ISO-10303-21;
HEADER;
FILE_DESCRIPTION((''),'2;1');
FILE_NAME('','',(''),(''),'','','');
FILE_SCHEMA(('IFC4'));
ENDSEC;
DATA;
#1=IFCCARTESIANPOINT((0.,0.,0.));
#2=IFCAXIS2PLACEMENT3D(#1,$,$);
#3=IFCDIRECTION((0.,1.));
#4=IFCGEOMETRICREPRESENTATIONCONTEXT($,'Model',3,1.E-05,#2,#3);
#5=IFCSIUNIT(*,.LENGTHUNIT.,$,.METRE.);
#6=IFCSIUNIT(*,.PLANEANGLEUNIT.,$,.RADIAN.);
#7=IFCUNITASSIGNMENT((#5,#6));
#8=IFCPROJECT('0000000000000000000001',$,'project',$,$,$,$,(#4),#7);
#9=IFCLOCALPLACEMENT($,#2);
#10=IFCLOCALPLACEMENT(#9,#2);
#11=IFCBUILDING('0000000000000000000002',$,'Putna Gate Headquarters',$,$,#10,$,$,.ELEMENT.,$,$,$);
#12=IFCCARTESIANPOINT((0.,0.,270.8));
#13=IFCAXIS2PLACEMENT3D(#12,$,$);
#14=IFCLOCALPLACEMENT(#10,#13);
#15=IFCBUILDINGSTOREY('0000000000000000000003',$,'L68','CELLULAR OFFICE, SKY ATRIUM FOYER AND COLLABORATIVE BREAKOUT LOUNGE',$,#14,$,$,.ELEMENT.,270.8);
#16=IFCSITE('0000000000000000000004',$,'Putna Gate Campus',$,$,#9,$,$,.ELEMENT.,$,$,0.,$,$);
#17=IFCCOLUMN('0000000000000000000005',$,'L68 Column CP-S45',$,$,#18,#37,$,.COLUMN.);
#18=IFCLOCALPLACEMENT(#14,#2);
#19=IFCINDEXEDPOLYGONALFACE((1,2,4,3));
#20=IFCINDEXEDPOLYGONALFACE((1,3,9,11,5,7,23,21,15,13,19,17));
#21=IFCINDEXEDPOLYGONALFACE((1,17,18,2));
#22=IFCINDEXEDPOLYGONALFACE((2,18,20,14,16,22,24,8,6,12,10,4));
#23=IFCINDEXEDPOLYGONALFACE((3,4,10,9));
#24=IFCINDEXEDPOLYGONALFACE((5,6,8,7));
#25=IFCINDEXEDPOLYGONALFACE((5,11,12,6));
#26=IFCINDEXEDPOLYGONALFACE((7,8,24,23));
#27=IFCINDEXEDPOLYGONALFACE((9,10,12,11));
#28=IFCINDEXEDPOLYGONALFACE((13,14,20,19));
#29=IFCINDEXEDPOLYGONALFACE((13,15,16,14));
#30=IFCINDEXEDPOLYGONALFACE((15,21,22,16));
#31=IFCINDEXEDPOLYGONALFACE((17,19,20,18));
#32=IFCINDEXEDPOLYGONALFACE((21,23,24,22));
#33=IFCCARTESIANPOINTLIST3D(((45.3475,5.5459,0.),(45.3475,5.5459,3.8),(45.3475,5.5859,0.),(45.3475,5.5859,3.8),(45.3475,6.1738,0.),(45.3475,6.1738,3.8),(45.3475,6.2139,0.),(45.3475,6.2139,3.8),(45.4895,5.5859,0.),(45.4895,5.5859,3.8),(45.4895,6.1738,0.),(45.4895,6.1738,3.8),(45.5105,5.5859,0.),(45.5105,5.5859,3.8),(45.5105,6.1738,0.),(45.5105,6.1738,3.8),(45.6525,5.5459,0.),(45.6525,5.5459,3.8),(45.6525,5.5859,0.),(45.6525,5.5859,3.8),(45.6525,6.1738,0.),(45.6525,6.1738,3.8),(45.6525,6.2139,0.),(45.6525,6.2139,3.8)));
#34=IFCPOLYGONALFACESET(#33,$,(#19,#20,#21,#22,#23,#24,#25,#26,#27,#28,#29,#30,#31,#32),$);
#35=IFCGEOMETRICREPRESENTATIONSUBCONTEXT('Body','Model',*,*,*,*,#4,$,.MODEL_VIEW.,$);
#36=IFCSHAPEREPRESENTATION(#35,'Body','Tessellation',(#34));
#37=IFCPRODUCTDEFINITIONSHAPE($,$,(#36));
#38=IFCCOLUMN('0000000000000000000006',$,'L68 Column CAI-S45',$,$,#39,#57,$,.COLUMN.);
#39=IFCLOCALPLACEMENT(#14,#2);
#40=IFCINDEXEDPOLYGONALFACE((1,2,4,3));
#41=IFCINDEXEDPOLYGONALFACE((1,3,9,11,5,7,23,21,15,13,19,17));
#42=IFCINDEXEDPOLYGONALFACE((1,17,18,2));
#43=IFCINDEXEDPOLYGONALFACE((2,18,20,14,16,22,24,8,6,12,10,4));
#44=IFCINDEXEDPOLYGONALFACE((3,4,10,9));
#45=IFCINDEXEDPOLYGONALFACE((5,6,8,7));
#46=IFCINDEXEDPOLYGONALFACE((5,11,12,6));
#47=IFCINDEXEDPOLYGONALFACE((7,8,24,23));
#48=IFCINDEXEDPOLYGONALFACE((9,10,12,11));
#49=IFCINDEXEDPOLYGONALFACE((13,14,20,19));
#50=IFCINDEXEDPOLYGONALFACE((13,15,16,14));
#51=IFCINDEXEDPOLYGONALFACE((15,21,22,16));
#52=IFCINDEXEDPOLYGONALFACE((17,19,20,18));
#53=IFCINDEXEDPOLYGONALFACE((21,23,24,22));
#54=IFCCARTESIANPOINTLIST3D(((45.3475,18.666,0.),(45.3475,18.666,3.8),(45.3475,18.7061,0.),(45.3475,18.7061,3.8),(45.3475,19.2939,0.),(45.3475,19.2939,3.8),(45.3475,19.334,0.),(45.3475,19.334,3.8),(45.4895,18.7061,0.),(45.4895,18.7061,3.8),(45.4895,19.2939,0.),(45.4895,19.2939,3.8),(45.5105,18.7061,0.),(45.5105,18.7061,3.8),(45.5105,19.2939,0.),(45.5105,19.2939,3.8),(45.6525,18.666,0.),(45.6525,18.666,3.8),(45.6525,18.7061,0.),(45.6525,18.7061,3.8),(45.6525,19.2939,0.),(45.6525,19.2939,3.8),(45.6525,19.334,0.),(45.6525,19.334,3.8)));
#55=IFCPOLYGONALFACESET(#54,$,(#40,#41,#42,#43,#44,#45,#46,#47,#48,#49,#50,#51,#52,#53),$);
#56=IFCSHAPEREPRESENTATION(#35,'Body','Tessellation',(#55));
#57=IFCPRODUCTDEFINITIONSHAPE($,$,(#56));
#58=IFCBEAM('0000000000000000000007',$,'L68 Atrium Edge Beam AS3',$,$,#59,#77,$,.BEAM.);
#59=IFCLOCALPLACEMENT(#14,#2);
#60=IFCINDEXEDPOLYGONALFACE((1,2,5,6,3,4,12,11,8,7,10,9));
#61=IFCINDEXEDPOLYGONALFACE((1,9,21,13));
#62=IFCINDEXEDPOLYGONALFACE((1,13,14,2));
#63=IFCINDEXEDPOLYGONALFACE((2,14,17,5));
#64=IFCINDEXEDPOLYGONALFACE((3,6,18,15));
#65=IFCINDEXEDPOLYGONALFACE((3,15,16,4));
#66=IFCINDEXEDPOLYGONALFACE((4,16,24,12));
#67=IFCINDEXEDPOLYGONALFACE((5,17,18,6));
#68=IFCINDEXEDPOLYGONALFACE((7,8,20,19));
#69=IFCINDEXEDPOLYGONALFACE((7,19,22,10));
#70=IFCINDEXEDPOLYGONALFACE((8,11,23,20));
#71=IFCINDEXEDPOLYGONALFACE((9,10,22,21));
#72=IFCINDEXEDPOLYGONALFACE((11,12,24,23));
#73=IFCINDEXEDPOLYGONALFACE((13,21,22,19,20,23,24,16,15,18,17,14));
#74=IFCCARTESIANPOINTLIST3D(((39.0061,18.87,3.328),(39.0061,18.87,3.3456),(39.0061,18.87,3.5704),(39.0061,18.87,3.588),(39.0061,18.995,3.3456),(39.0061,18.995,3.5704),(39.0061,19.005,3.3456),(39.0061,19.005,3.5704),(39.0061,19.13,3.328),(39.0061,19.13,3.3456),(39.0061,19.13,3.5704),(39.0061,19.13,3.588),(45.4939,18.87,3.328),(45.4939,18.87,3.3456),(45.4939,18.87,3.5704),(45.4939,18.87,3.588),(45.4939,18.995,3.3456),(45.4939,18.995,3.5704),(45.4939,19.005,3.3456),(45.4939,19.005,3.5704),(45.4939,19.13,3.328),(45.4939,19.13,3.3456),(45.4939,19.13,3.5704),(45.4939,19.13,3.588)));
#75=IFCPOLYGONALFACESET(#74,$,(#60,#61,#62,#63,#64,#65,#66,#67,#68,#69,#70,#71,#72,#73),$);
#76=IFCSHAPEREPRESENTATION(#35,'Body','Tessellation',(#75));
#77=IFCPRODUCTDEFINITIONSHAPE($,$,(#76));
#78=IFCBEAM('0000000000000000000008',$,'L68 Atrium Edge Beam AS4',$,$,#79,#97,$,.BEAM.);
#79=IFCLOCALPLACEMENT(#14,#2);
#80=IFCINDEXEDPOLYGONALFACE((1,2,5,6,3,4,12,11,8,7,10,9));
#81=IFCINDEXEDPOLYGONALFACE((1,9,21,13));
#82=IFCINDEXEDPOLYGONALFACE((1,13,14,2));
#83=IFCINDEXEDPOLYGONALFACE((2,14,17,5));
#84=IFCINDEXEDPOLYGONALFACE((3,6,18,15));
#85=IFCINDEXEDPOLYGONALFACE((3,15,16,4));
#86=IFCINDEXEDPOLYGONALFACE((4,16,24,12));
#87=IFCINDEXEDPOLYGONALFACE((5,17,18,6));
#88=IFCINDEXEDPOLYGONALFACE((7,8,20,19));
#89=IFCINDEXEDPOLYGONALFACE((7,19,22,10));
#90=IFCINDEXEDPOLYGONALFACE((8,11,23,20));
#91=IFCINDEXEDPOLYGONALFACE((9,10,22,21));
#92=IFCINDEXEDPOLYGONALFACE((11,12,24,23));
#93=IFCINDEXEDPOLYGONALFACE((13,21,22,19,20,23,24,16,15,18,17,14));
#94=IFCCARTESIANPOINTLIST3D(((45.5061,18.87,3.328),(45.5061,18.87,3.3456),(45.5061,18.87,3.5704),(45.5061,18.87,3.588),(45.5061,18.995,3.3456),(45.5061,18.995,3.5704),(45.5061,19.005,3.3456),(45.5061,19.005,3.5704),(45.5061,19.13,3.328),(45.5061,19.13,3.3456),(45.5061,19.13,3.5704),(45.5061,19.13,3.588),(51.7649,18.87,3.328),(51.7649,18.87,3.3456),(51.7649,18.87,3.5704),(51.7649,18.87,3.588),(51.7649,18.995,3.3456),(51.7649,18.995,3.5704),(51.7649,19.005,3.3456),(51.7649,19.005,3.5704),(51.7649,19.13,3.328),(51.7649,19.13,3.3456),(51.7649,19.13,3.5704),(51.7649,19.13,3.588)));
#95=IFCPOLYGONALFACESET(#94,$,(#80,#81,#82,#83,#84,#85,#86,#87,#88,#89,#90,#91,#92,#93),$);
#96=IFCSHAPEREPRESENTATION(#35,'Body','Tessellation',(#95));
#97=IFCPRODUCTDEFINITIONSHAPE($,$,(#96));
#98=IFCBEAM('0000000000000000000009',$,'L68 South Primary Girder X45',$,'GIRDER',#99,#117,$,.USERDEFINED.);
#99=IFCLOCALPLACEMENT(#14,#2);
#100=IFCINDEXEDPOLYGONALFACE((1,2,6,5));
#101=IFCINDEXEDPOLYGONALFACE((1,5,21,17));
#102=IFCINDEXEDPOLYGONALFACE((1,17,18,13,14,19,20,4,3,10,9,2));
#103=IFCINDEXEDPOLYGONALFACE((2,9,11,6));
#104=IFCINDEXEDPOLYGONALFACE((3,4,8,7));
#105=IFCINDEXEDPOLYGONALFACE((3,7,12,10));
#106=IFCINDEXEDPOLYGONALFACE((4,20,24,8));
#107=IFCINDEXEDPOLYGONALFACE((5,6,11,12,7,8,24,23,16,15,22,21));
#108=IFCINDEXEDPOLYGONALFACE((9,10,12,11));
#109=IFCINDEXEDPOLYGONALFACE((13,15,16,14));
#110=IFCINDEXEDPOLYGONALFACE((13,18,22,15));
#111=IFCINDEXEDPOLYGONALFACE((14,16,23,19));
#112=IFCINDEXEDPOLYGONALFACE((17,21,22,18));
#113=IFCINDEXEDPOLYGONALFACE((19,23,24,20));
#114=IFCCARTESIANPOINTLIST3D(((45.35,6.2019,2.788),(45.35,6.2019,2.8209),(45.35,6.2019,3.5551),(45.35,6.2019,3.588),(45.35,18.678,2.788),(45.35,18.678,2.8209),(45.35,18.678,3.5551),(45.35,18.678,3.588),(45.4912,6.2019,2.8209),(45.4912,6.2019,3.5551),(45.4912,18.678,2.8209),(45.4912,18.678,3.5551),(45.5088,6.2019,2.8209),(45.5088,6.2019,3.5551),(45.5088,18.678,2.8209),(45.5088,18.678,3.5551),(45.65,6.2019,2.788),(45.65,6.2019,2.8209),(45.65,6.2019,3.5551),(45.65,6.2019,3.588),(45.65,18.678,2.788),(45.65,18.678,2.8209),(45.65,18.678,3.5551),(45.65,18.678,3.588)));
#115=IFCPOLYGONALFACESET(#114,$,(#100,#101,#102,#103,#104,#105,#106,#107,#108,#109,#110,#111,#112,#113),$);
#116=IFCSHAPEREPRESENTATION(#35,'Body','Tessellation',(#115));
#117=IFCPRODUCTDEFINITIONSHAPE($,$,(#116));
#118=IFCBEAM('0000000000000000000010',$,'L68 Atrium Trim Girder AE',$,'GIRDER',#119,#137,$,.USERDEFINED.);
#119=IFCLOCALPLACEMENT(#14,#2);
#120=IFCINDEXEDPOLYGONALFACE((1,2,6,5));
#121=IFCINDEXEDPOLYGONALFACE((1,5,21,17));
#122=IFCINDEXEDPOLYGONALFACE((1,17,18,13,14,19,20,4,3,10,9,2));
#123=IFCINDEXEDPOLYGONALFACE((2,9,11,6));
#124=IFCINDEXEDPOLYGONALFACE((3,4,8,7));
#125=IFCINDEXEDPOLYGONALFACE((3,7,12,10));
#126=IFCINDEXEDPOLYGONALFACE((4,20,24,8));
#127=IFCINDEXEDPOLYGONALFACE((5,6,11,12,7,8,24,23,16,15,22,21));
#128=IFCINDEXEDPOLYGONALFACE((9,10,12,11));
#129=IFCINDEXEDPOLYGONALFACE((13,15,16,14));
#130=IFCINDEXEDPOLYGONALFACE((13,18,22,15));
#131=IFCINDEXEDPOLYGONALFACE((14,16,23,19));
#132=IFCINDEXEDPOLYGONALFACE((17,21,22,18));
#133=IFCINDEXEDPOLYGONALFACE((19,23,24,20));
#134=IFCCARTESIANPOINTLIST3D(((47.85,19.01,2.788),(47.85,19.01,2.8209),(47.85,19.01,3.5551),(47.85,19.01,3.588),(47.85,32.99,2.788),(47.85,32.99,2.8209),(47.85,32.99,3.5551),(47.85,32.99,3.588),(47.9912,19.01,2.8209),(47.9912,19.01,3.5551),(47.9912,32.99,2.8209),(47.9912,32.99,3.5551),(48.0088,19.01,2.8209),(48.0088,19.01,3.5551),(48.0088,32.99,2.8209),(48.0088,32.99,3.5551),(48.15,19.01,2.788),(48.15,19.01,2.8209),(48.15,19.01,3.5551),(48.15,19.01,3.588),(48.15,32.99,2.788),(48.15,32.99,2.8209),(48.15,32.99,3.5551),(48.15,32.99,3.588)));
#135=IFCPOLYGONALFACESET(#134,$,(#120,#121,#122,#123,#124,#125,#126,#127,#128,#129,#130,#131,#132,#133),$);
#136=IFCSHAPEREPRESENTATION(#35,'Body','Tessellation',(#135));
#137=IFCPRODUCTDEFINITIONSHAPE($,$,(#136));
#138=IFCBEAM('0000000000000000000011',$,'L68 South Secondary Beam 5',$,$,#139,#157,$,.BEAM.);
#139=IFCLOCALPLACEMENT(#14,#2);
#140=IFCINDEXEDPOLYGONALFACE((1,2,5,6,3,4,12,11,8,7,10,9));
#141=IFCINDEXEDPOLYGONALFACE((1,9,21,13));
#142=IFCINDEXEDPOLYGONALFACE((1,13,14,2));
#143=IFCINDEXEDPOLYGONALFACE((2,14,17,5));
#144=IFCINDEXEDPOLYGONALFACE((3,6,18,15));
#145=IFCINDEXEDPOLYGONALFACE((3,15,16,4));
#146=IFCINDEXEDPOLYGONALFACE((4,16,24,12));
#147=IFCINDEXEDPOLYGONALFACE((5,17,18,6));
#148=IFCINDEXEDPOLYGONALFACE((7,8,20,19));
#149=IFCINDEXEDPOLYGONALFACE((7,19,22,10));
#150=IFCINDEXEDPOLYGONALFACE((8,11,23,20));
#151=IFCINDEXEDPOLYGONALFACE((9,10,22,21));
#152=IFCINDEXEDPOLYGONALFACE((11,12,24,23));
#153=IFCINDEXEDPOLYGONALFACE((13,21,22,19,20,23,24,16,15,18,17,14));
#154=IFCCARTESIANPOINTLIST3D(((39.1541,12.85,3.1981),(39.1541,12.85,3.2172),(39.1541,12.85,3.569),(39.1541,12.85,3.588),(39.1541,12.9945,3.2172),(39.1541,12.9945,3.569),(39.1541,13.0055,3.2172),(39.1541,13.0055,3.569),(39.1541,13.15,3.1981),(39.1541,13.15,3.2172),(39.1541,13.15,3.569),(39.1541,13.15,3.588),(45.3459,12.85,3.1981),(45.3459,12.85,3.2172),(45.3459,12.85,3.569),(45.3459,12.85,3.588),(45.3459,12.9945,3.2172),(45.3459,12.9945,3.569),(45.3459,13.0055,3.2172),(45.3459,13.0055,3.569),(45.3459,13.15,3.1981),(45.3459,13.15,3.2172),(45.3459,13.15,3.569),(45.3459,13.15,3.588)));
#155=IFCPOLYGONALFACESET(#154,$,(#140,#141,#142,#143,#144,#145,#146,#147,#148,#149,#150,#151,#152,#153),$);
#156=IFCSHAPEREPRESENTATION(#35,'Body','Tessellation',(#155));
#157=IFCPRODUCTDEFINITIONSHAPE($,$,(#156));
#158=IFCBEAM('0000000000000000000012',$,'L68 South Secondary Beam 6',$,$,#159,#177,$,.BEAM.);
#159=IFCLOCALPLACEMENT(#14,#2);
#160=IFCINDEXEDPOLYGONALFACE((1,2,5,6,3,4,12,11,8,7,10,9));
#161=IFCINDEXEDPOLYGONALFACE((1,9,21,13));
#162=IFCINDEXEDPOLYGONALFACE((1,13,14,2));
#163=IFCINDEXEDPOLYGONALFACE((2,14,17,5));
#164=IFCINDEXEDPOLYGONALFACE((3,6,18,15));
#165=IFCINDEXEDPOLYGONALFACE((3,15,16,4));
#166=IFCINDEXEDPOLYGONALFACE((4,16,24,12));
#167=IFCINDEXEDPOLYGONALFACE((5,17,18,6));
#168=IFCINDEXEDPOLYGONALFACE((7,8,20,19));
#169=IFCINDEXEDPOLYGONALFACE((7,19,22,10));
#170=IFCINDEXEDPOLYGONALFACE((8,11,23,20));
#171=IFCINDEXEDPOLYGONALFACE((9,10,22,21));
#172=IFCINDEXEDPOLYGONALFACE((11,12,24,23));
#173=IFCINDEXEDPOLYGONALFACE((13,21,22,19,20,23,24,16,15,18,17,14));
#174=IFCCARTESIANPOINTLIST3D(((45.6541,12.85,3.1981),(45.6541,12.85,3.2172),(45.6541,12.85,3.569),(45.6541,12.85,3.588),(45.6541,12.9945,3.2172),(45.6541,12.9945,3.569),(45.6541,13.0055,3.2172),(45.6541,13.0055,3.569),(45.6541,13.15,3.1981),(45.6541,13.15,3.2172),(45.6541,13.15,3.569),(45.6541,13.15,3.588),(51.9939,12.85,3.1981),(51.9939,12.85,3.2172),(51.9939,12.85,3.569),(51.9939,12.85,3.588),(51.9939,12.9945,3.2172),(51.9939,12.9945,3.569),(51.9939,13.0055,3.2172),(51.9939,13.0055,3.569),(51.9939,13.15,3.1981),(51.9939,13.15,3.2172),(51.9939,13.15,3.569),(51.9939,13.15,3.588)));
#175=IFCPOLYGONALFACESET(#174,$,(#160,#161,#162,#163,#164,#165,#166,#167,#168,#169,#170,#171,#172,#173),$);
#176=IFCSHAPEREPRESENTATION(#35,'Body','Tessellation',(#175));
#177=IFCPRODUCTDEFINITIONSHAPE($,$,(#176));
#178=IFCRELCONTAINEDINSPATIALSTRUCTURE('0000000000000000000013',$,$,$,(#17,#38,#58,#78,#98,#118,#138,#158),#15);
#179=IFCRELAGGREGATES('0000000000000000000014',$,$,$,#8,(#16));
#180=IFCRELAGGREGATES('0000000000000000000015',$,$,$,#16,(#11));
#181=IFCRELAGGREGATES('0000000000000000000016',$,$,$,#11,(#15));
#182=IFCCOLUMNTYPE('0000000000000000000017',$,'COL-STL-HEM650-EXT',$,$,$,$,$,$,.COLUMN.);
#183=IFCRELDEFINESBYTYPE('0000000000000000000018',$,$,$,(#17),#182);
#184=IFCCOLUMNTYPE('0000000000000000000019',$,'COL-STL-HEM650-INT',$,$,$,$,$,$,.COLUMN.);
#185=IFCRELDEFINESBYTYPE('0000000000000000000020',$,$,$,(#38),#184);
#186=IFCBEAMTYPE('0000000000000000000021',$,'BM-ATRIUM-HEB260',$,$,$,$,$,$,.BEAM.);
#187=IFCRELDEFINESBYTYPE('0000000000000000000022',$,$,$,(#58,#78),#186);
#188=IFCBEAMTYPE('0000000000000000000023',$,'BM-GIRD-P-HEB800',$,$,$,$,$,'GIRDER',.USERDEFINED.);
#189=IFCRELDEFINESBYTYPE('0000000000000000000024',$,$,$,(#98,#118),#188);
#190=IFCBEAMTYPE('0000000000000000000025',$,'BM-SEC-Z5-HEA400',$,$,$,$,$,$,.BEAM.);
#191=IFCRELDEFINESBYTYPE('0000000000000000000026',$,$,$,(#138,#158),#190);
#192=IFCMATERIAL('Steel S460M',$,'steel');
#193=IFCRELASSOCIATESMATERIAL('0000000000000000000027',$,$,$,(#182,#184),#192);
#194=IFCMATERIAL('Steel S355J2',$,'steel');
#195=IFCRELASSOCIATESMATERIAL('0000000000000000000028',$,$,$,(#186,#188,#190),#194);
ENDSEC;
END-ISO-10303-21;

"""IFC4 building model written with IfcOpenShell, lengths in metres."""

from ifc_helpers import new_model, si_unit, direction, frame, origin, origin_2d, place, context, subcontext, project, spatial, i_section, extrude, material, material_profile, profile_set, type_object, element, save


model = new_model("IFC4")

# Units and contexts
model_context = context("Model", 3, precision=1e-05, world=origin(), true_north=direction((0.0, 1.0)))
body_context = subcontext(model_context, "Body", "Model", "MODEL_VIEW")
ifc_project = project(units=[si_unit("LENGTHUNIT", "METRE"), si_unit("PLANEANGLEUNIT", "RADIAN")], contexts=[model_context])

# Site, building, storey
site_placement = place(None, origin())
site = spatial("IfcSite", under=ifc_project, at=site_placement, Name="Putna Gate Campus", CompositionType="ELEMENT", RefElevation=0.0)
building_placement = place(site_placement, origin())
building = spatial("IfcBuilding", under=site, at=building_placement, Name="Putna Gate Headquarters", CompositionType="ELEMENT")
storey_placement = place(building_placement, frame((0.0, 0.0, 270.8)))
storey = spatial("IfcBuildingStorey", under=building, at=storey_placement, Name="L68", Description="CELLULAR OFFICE, SKY ATRIUM FOYER AND COLLABORATIVE BREAKOUT LOUNGE", CompositionType="ELEMENT", Elevation=270.8)

# Columns
ifc_material_1 = material(Name="Steel S460M", Category="steel")
ifc_material_profile_1 = material_profile(ifc_material_1, i_section(OverallWidth=0.3049, OverallDepth=0.668, WebThickness=0.021, FlangeThickness=0.04, at=origin_2d()), Name="Steel S460M")
ifc_profile_set_1 = profile_set([ifc_material_profile_1], Name="Steel S460M")
column_type_1 = type_object("IfcColumnType", Name="COL-STL-HEM650-EXT", PredefinedType="COLUMN", material=ifc_profile_set_1)
column_1_placement = place(storey_placement, frame((45.5, 5.8799, 0.0), z_axis=(0.0, 0.0, 1.0), x_axis=(1.0, 0.0, 0.0)))
element("IfcColumn", 1, at=column_1_placement, inside=storey, type_object=column_type_1, Name="L68 Column CP-S45", PredefinedType="COLUMN", context=body_context, shape_type="SweptSolid", body=[
    extrude(i_section(OverallWidth=0.3049, OverallDepth=0.668, WebThickness=0.021, FlangeThickness=0.04, at=origin_2d()), origin(), (0.0, 0.0, 1.0), 3.8),
])
ifc_material_profile_2 = material_profile(ifc_material_1, i_section(OverallWidth=0.3049, OverallDepth=0.668, WebThickness=0.021, FlangeThickness=0.04, at=origin_2d()), Name="Steel S460M")
ifc_profile_set_2 = profile_set([ifc_material_profile_2], Name="Steel S460M")
column_type_2 = type_object("IfcColumnType", Name="COL-STL-HEM650-INT", PredefinedType="COLUMN", material=ifc_profile_set_2)
column_2_placement = place(storey_placement, frame((45.5, 19.0, 0.0), z_axis=(0.0, 0.0, 1.0), x_axis=(1.0, 0.0, 0.0)))
element("IfcColumn", 2, at=column_2_placement, inside=storey, type_object=column_type_2, Name="L68 Column CAI-S45", PredefinedType="COLUMN", context=body_context, shape_type="SweptSolid", body=[
    extrude(i_section(OverallWidth=0.3049, OverallDepth=0.668, WebThickness=0.021, FlangeThickness=0.04, at=origin_2d()), origin(), (0.0, 0.0, 1.0), 3.8),
])

# Beams
ifc_material_2 = material(Name="Steel S355J2", Category="steel")
ifc_material_profile_3 = material_profile(ifc_material_2, i_section(OverallWidth=0.26, OverallDepth=0.26, WebThickness=0.01, FlangeThickness=0.0176, at=origin_2d()), Name="Steel S355J2")
ifc_profile_set_3 = profile_set([ifc_material_profile_3], Name="Steel S355J2")
beam_type_1 = type_object("IfcBeamType", Name="BM-ATRIUM-HEB260", PredefinedType="BEAM", material=ifc_profile_set_3)
beam_1_placement = place(storey_placement, frame((39.0061, 19.0, 3.458), z_axis=(1.0, 0.0, 0.0), x_axis=(0.0, 1.0, 0.0)))
element("IfcBeam", 3, at=beam_1_placement, inside=storey, type_object=beam_type_1, Name="L68 Atrium Edge Beam AS3", PredefinedType="BEAM", context=body_context, shape_type="SweptSolid", body=[
    extrude(i_section(OverallWidth=0.26, OverallDepth=0.26, WebThickness=0.01, FlangeThickness=0.0176, at=origin_2d()), origin(), (0.0, 0.0, 1.0), 6.4878),
])
beam_2_placement = place(storey_placement, frame((45.5061, 19.0, 3.458), z_axis=(1.0, 0.0, 0.0), x_axis=(0.0, 1.0, 0.0)))
element("IfcBeam", 4, at=beam_2_placement, inside=storey, type_object=beam_type_1, Name="L68 Atrium Edge Beam AS4", PredefinedType="BEAM", context=body_context, shape_type="SweptSolid", body=[
    extrude(i_section(OverallWidth=0.26, OverallDepth=0.26, WebThickness=0.01, FlangeThickness=0.0176, at=origin_2d()), origin(), (0.0, 0.0, 1.0), 6.2588),
])
ifc_material_profile_4 = material_profile(ifc_material_2, i_section(OverallWidth=0.3, OverallDepth=0.8, WebThickness=0.0176, FlangeThickness=0.033, at=origin_2d()), Name="Steel S355J2")
ifc_profile_set_4 = profile_set([ifc_material_profile_4], Name="Steel S355J2")
beam_type_2 = type_object("IfcBeamType", Name="BM-GIRD-P-HEB800", ElementType="GIRDER", PredefinedType="USERDEFINED", material=ifc_profile_set_4)
beam_3_placement = place(storey_placement, frame((45.5, 6.2019, 3.188), z_axis=(0.0, 1.0, 0.0), x_axis=(-1.0, 0.0, 0.0)))
element("IfcBeam", 5, at=beam_3_placement, inside=storey, type_object=beam_type_2, Name="L68 South Primary Girder X45", ObjectType="GIRDER", PredefinedType="USERDEFINED", context=body_context, shape_type="SweptSolid", body=[
    extrude(i_section(OverallWidth=0.3, OverallDepth=0.8, WebThickness=0.0176, FlangeThickness=0.033, at=origin_2d()), origin(), (0.0, 0.0, 1.0), 12.4761),
])
beam_4_placement = place(storey_placement, frame((48.0, 19.01, 3.188), z_axis=(0.0, 1.0, 0.0), x_axis=(-1.0, 0.0, 0.0)))
element("IfcBeam", 6, at=beam_4_placement, inside=storey, type_object=beam_type_2, Name="L68 Atrium Trim Girder AE", ObjectType="GIRDER", PredefinedType="USERDEFINED", context=body_context, shape_type="SweptSolid", body=[
    extrude(i_section(OverallWidth=0.3, OverallDepth=0.8, WebThickness=0.0176, FlangeThickness=0.033, at=origin_2d()), origin(), (0.0, 0.0, 1.0), 13.98),
])
ifc_material_profile_5 = material_profile(ifc_material_2, i_section(OverallWidth=0.3, OverallDepth=0.3899, WebThickness=0.011, FlangeThickness=0.019, at=origin_2d()), Name="Steel S355J2")
ifc_profile_set_5 = profile_set([ifc_material_profile_5], Name="Steel S355J2")
beam_type_3 = type_object("IfcBeamType", Name="BM-SEC-Z5-HEA400", PredefinedType="BEAM", material=ifc_profile_set_5)
beam_5_placement = place(storey_placement, frame((39.1541, 13.0, 3.3931), z_axis=(1.0, 0.0, 0.0), x_axis=(0.0, 1.0, 0.0)))
element("IfcBeam", 7, at=beam_5_placement, inside=storey, type_object=beam_type_3, Name="L68 South Secondary Beam 5", PredefinedType="BEAM", context=body_context, shape_type="SweptSolid", body=[
    extrude(i_section(OverallWidth=0.3, OverallDepth=0.3899, WebThickness=0.011, FlangeThickness=0.019, at=origin_2d()), origin(), (0.0, 0.0, 1.0), 6.1919),
])
beam_6_placement = place(storey_placement, frame((45.6541, 13.0, 3.3931), z_axis=(1.0, 0.0, 0.0), x_axis=(0.0, 1.0, 0.0)))
element("IfcBeam", 8, at=beam_6_placement, inside=storey, type_object=beam_type_3, Name="L68 South Secondary Beam 6", PredefinedType="BEAM", context=body_context, shape_type="SweptSolid", body=[
    extrude(i_section(OverallWidth=0.3, OverallDepth=0.3899, WebThickness=0.011, FlangeThickness=0.019, at=origin_2d()), origin(), (0.0, 0.0, 1.0), 6.3398),
])

save(model, "model.ifc")
